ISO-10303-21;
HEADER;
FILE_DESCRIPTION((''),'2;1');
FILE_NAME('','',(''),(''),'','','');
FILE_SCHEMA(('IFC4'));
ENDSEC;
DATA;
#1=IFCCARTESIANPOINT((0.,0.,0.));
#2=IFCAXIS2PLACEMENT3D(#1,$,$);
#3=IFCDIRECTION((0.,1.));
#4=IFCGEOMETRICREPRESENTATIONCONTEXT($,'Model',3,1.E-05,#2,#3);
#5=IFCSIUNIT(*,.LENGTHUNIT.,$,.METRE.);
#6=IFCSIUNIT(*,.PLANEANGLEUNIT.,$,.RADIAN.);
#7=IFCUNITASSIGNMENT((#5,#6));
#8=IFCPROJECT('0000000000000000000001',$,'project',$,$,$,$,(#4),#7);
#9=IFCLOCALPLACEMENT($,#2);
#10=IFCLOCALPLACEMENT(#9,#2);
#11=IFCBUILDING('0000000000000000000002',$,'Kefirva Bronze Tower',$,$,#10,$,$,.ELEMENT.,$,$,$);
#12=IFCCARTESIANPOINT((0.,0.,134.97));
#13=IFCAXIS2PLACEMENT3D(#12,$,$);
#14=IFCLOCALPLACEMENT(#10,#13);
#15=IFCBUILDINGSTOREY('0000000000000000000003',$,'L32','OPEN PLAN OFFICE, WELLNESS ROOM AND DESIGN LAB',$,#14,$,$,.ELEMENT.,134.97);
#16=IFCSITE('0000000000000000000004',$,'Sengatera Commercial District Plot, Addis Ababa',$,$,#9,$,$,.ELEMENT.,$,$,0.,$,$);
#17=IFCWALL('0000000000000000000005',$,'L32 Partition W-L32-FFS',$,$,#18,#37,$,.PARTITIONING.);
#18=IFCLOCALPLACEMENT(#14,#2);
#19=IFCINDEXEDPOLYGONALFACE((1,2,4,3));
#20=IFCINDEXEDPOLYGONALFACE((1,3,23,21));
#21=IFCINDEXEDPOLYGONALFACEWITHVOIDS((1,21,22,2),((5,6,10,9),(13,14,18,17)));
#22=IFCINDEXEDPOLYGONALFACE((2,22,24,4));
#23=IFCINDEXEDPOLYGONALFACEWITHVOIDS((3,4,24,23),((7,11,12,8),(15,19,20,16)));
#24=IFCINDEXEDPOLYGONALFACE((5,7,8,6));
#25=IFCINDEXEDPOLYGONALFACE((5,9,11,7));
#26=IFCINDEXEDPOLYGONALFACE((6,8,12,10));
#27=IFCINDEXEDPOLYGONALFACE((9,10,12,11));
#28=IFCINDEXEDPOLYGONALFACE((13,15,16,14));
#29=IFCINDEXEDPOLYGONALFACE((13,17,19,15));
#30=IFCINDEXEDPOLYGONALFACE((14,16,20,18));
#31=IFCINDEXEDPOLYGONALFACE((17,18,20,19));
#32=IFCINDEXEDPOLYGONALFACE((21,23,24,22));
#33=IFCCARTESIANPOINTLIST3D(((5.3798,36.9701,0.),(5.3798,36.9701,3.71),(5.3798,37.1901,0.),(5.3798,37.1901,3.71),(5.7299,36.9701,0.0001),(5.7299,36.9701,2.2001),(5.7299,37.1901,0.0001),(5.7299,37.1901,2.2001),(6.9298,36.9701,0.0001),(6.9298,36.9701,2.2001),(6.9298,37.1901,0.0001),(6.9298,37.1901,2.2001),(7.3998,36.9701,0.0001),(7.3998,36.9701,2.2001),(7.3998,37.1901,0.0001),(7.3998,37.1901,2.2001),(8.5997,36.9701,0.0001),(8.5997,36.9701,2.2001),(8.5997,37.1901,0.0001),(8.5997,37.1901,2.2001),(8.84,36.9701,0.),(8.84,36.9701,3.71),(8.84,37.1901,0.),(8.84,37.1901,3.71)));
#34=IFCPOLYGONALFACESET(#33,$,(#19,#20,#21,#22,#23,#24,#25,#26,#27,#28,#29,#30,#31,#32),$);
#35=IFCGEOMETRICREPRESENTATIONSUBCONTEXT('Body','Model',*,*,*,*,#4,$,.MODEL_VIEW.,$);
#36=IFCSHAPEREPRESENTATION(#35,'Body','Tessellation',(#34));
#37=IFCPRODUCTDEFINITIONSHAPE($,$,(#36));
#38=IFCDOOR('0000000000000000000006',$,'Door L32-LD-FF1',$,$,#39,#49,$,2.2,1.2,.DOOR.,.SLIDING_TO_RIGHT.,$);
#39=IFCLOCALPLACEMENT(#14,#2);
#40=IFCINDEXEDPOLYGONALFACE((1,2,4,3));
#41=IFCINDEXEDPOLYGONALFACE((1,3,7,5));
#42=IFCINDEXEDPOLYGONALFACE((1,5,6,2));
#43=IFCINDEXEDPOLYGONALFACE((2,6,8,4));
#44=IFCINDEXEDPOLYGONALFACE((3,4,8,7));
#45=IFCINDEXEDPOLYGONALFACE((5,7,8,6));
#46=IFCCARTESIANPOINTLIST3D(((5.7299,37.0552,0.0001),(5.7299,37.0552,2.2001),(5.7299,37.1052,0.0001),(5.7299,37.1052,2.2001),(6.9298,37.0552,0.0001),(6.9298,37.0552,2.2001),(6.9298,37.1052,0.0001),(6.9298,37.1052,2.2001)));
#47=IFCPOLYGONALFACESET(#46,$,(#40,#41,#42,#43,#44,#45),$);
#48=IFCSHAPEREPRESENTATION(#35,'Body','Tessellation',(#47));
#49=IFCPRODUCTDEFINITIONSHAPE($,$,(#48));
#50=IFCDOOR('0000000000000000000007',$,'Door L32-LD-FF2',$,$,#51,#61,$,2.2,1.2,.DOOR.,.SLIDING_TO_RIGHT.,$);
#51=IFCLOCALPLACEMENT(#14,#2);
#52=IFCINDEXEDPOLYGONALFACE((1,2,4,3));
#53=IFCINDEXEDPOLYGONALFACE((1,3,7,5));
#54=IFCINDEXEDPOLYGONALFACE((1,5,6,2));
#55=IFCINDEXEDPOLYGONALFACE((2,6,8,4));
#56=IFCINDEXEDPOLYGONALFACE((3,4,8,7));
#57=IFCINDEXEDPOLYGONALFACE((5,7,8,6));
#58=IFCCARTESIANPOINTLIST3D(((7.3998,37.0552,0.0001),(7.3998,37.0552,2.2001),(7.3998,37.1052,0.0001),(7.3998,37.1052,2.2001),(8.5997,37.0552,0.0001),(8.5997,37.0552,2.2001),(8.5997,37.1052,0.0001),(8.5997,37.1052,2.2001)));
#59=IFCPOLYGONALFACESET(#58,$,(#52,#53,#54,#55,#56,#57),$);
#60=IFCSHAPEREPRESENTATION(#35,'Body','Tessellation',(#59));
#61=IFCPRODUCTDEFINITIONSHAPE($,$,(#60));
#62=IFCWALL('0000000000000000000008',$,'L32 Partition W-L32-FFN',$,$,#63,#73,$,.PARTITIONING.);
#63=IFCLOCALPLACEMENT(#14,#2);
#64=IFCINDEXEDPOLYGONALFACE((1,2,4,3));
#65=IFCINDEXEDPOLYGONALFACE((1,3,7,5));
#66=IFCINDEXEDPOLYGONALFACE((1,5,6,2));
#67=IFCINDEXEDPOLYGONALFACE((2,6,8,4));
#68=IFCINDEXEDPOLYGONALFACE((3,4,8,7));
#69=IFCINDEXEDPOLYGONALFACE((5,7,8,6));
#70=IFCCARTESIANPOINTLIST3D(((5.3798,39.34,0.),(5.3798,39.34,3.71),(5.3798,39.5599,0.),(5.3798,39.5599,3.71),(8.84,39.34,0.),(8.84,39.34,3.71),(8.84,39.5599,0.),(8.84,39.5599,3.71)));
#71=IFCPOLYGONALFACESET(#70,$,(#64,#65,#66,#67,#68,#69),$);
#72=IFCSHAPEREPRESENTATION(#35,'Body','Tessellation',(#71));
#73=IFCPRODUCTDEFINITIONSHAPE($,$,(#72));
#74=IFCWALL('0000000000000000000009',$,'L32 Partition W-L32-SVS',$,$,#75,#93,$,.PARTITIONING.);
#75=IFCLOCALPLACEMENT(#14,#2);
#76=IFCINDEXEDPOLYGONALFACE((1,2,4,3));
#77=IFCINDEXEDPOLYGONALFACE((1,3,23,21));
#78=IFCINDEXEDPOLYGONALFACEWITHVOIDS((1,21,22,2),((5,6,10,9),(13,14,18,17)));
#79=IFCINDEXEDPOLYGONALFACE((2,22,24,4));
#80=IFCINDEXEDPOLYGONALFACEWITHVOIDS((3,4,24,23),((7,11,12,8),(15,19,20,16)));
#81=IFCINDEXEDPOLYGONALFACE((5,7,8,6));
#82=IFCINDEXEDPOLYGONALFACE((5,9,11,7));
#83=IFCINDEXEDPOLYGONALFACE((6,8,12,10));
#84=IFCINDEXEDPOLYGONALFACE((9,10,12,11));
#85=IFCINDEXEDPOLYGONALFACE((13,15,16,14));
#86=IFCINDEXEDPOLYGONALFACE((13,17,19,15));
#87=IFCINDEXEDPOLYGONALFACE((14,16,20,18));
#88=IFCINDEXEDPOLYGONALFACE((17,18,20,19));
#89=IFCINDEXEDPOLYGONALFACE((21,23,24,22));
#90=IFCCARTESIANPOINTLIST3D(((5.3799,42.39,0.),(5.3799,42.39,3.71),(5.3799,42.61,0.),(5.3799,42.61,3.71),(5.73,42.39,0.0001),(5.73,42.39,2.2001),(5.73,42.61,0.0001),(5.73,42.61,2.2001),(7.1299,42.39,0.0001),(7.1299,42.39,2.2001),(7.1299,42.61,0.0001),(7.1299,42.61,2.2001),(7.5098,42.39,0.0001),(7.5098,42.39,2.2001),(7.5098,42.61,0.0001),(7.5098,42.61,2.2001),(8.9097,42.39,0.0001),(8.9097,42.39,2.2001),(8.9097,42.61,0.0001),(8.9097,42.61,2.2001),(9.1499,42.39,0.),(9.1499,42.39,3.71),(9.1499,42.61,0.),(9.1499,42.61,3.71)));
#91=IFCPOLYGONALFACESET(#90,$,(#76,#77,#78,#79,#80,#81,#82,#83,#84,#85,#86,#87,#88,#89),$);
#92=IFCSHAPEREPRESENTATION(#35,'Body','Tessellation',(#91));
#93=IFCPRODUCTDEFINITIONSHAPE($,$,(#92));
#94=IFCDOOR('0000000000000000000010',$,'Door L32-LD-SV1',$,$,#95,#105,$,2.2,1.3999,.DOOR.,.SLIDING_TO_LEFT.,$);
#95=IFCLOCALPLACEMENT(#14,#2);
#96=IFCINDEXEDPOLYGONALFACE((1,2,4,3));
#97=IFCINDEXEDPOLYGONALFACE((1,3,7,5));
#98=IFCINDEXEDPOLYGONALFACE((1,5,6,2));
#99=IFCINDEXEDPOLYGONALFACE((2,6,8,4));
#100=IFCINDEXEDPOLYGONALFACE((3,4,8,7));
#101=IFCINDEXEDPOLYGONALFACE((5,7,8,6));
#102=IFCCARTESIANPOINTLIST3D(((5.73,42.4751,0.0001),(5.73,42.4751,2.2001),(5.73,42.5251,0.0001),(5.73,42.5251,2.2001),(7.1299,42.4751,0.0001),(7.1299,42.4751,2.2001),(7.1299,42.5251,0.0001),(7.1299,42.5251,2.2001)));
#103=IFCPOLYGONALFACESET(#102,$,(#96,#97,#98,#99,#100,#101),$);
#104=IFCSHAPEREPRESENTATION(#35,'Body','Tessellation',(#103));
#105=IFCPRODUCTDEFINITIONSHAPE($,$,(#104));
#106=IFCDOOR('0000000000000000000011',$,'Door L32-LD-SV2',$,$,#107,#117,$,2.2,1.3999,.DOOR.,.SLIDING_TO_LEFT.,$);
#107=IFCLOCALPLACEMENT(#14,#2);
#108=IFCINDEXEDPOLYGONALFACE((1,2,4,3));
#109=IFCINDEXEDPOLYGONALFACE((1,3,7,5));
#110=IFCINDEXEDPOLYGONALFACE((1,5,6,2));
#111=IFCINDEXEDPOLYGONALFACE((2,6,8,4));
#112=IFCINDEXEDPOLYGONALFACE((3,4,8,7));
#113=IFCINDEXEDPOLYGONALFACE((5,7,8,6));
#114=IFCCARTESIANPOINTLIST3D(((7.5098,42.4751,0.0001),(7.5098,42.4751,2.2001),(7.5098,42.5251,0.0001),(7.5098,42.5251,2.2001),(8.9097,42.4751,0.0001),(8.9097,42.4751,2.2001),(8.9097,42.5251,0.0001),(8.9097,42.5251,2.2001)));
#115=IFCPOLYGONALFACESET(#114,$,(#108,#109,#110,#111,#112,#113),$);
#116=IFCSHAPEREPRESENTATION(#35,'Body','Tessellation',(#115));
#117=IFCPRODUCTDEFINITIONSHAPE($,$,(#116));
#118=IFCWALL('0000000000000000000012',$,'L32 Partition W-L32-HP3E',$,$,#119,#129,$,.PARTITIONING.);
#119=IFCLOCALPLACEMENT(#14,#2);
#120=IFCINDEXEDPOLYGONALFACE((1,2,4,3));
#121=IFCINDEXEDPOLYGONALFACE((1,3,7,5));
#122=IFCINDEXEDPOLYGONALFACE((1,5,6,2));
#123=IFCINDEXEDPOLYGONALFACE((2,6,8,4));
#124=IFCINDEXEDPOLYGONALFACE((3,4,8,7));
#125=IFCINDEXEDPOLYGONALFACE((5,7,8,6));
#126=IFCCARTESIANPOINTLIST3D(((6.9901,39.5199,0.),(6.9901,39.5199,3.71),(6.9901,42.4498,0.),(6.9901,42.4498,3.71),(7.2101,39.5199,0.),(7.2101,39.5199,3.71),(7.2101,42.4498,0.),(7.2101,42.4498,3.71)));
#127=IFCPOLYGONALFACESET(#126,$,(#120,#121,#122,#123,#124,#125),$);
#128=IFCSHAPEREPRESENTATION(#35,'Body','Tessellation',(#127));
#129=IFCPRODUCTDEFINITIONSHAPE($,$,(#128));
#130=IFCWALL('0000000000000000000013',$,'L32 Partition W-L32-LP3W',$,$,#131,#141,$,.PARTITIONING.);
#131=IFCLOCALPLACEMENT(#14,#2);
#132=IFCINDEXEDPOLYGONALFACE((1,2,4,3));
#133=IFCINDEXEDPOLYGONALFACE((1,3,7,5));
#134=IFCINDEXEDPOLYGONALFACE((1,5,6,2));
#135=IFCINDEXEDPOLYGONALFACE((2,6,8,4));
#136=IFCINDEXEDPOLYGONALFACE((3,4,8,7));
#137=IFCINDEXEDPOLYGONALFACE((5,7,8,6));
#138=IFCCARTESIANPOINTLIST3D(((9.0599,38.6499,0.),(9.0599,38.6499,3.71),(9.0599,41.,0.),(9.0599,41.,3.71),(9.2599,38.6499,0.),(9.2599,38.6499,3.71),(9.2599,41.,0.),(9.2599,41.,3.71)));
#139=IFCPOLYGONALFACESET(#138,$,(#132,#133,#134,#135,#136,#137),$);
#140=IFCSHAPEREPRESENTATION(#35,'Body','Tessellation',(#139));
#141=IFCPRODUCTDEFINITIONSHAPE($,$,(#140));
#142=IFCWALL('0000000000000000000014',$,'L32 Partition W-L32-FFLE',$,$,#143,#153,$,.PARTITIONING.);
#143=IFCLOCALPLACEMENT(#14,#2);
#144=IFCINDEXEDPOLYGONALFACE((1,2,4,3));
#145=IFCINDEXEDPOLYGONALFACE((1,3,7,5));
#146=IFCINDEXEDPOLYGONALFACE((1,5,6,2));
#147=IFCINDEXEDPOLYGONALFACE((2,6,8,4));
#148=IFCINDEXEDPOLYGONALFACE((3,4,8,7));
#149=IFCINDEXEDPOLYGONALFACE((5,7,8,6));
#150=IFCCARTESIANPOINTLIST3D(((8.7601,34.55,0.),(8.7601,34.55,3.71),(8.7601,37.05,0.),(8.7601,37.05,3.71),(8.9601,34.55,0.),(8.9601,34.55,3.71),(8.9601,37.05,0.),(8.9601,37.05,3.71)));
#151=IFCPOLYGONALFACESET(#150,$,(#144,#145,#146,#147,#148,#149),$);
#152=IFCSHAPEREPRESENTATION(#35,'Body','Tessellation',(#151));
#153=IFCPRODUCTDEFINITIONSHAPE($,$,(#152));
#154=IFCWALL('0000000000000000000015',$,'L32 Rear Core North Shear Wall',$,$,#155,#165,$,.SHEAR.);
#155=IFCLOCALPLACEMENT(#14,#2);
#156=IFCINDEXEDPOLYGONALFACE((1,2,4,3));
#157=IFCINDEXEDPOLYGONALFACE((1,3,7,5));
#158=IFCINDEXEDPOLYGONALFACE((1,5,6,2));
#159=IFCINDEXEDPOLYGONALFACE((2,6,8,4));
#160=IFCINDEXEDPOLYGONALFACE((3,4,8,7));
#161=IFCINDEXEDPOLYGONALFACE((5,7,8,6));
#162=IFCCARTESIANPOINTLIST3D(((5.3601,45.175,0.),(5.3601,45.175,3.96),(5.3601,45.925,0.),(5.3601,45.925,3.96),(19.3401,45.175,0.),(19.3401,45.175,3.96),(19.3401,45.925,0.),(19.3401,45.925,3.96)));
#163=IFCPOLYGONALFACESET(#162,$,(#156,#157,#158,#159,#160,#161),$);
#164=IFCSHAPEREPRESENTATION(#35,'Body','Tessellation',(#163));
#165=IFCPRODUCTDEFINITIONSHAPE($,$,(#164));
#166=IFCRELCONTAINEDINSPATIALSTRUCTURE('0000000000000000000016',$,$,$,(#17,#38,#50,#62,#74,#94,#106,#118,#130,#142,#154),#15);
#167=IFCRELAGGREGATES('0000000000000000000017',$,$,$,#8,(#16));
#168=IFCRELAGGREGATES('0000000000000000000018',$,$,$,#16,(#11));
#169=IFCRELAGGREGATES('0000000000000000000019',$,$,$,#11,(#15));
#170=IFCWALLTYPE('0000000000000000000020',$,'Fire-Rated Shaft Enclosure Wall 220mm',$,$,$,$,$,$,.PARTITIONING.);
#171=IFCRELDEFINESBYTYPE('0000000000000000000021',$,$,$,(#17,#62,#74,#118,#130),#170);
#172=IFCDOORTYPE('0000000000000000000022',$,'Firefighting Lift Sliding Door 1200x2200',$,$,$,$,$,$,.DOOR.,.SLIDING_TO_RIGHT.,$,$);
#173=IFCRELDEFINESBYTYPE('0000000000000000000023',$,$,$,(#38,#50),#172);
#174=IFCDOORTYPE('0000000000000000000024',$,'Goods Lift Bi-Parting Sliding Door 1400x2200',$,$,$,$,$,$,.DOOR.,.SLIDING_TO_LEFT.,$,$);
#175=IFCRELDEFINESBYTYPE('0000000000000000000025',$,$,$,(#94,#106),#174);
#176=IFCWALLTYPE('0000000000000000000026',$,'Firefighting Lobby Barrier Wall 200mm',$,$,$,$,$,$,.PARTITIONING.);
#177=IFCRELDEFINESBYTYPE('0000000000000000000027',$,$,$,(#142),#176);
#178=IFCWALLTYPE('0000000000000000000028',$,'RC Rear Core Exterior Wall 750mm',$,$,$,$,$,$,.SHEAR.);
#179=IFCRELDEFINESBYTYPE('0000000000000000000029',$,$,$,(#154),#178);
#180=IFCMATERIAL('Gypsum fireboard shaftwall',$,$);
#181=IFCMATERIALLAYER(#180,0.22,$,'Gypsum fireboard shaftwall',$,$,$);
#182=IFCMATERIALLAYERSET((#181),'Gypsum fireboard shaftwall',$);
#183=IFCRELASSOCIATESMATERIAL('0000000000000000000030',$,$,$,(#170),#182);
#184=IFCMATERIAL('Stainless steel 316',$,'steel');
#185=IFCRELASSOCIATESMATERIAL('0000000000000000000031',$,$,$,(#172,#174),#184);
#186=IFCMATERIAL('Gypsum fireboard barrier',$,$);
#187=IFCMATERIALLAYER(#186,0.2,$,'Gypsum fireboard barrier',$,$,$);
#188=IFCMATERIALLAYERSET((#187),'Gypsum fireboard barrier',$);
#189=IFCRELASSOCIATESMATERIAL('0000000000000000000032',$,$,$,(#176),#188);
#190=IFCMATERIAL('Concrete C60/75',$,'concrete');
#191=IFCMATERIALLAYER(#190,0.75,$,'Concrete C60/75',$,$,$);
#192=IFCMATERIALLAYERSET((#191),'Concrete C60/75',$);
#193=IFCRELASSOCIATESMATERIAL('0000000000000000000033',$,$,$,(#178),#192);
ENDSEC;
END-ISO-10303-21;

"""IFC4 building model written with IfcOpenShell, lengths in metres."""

from ifc_helpers import new_model, si_unit, direction, frame, frame_2d, origin, place, context, subcontext, project, spatial, rectangle, extrude, material, layer, layer_set, type_object, element, fill, save


model = new_model("IFC4")

# Units and contexts
model_context = context("Model", 3, precision=1e-05, world=origin(), true_north=direction((0.0, 1.0)))
body_context = subcontext(model_context, "Body", "Model", "MODEL_VIEW")
ifc_project = project(units=[si_unit("LENGTHUNIT", "METRE"), si_unit("PLANEANGLEUNIT", "RADIAN")], contexts=[model_context])

# Site, building, storey
site_placement = place(None, origin())
site = spatial("IfcSite", under=ifc_project, at=site_placement, Name="Sengatera Commercial District Plot, Addis Ababa", CompositionType="ELEMENT", RefElevation=0.0)
building_placement = place(site_placement, origin())
building = spatial("IfcBuilding", under=site, at=building_placement, Name="Kefirva Bronze Tower", CompositionType="ELEMENT")
storey_placement = place(building_placement, frame((0.0, 0.0, 134.97)))
storey = spatial("IfcBuildingStorey", under=building, at=storey_placement, Name="L32", Description="OPEN PLAN OFFICE, WELLNESS ROOM AND DESIGN LAB", CompositionType="ELEMENT", Elevation=134.97)

# Wall, openings, doors
ifc_material_1 = material(Name="Gypsum fireboard shaftwall")
ifc_layer_1 = layer(ifc_material_1, 0.22, Name="Gypsum fireboard shaftwall")
ifc_layer_set_1 = layer_set([ifc_layer_1], Name="Gypsum fireboard shaftwall")
wall_type_1 = type_object("IfcWallType", Name="Fire-Rated Shaft Enclosure Wall 220mm", PredefinedType="PARTITIONING", material=ifc_layer_set_1)
wall_1_placement = place(storey_placement, frame((5.3799, 37.0801, 0.0), z_axis=(0.0, 0.0, 1.0), x_axis=(1.0, 0.0, 0.0)))
wall_1 = element("IfcWall", 1, at=wall_1_placement, inside=storey, type_object=wall_type_1, Name="L32 Partition W-L32-FFS", PredefinedType="PARTITIONING", context=body_context, shape_type="SweptSolid", body=[
    extrude(rectangle(XDim=3.4602, YDim=0.22, at=frame_2d((1.73, 0.0))), origin(), (0.0, 0.0, 1.0), 3.71),
])
opening_1_placement = place(wall_1_placement, frame((1.55, 0.0, 0.0), z_axis=(0.0, 0.0, 1.0), x_axis=(-1.0, 0.0, 0.0)))
opening_1 = element("IfcOpeningElement", 2, at=opening_1_placement, cuts=wall_1, PredefinedType="OPENING", context=body_context, shape_type="SweptSolid", body=[
    extrude(rectangle(XDim=1.2, YDim=2.2, at=frame_2d((0.6001, 1.1001))), frame((0.0, 0.1201, 0.0), z_axis=(0.0, -1.0, 0.0), x_axis=(1.0, 0.0, 0.0)), (0.0, 0.0, 1.0), 0.24),
])
opening_2_placement = place(wall_1_placement, frame((3.22, 0.0, 0.0), z_axis=(0.0, 0.0, 1.0), x_axis=(-1.0, 0.0, 0.0)))
opening_2 = element("IfcOpeningElement", 3, at=opening_2_placement, cuts=wall_1, PredefinedType="OPENING", context=body_context, shape_type="SweptSolid", body=[
    extrude(rectangle(XDim=1.2, YDim=2.2, at=frame_2d((0.6001, 1.1001))), frame((0.0, 0.1201, 0.0), z_axis=(0.0, -1.0, 0.0), x_axis=(1.0, 0.0, 0.0)), (0.0, 0.0, 1.0), 0.24),
])
ifc_material_2 = material(Name="Stainless steel 316", Category="steel")
door_type_1 = type_object("IfcDoorType", Name="Firefighting Lift Sliding Door 1200x2200", OperationType="SLIDING_TO_RIGHT", PredefinedType="DOOR", material=ifc_material_2)
door_1_placement = place(opening_1_placement, origin())
door_1 = element("IfcDoor", 4, at=door_1_placement, inside=storey, type_object=door_type_1, Name="Door L32-LD-FF1", OperationType="SLIDING_TO_RIGHT", OverallHeight=2.2, OverallWidth=1.2, PredefinedType="DOOR", context=body_context, shape_type="SweptSolid", body=[
    extrude(rectangle(XDim=1.2, YDim=2.2, at=frame_2d((0.6001, 1.1001))), frame((0.0, 0.0249, 0.0), z_axis=(0.0, -1.0, 0.0), x_axis=(1.0, 0.0, 0.0)), (0.0, 0.0, 1.0), 0.05),
])
fill(opening_1, door_1)
door_2_placement = place(opening_2_placement, origin())
door_2 = element("IfcDoor", 5, at=door_2_placement, inside=storey, type_object=door_type_1, Name="Door L32-LD-FF2", OperationType="SLIDING_TO_RIGHT", OverallHeight=2.2, OverallWidth=1.2, PredefinedType="DOOR", context=body_context, shape_type="SweptSolid", body=[
    extrude(rectangle(XDim=1.2, YDim=2.2, at=frame_2d((0.6001, 1.1001))), frame((0.0, 0.0249, 0.0), z_axis=(0.0, -1.0, 0.0), x_axis=(1.0, 0.0, 0.0)), (0.0, 0.0, 1.0), 0.05),
])
fill(opening_2, door_2)

# Wall
wall_2_placement = place(storey_placement, frame((5.3799, 39.45, 0.0), z_axis=(0.0, 0.0, 1.0), x_axis=(1.0, 0.0, 0.0)))
element("IfcWall", 6, at=wall_2_placement, inside=storey, type_object=wall_type_1, Name="L32 Partition W-L32-FFN", PredefinedType="PARTITIONING", context=body_context, shape_type="SweptSolid", body=[
    extrude(rectangle(XDim=3.4602, YDim=0.22, at=frame_2d((1.73, 0.0))), origin(), (0.0, 0.0, 1.0), 3.71),
])

# Wall, openings, doors
wall_3_placement = place(storey_placement, frame((5.3799, 42.5, 0.0), z_axis=(0.0, 0.0, 1.0), x_axis=(1.0, 0.0, 0.0)))
wall_3 = element("IfcWall", 7, at=wall_3_placement, inside=storey, type_object=wall_type_1, Name="L32 Partition W-L32-SVS", PredefinedType="PARTITIONING", context=body_context, shape_type="SweptSolid", body=[
    extrude(rectangle(XDim=3.77, YDim=0.22, at=frame_2d((1.885, 0.0))), origin(), (0.0, 0.0, 1.0), 3.71),
])
opening_3_placement = place(wall_3_placement, frame((1.75, 0.0, 0.0), z_axis=(0.0, 0.0, 1.0), x_axis=(-1.0, 0.0, 0.0)))
opening_3 = element("IfcOpeningElement", 8, at=opening_3_placement, cuts=wall_3, PredefinedType="OPENING", context=body_context, shape_type="SweptSolid", body=[
    extrude(rectangle(XDim=1.3999, YDim=2.2, at=frame_2d((0.7, 1.1001))), frame((0.0, 0.1201, 0.0), z_axis=(0.0, -1.0, 0.0), x_axis=(1.0, 0.0, 0.0)), (0.0, 0.0, 1.0), 0.24),
])
opening_4_placement = place(wall_3_placement, frame((3.5298, 0.0, 0.0), z_axis=(0.0, 0.0, 1.0), x_axis=(-1.0, 0.0, 0.0)))
opening_4 = element("IfcOpeningElement", 9, at=opening_4_placement, cuts=wall_3, PredefinedType="OPENING", context=body_context, shape_type="SweptSolid", body=[
    extrude(rectangle(XDim=1.3999, YDim=2.2, at=frame_2d((0.7, 1.1001))), frame((0.0, 0.1201, 0.0), z_axis=(0.0, -1.0, 0.0), x_axis=(1.0, 0.0, 0.0)), (0.0, 0.0, 1.0), 0.24),
])
door_type_2 = type_object("IfcDoorType", Name="Goods Lift Bi-Parting Sliding Door 1400x2200", OperationType="SLIDING_TO_LEFT", PredefinedType="DOOR", material=ifc_material_2)
door_3_placement = place(opening_3_placement, origin())
door_3 = element("IfcDoor", 10, at=door_3_placement, inside=storey, type_object=door_type_2, Name="Door L32-LD-SV1", OperationType="SLIDING_TO_LEFT", OverallHeight=2.2, OverallWidth=1.3999, PredefinedType="DOOR", context=body_context, shape_type="SweptSolid", body=[
    extrude(rectangle(XDim=1.3999, YDim=2.2, at=frame_2d((0.7, 1.1001))), frame((0.0, 0.0249, 0.0), z_axis=(0.0, -1.0, 0.0), x_axis=(1.0, 0.0, 0.0)), (0.0, 0.0, 1.0), 0.05),
])
fill(opening_3, door_3)
door_4_placement = place(opening_4_placement, origin())
door_4 = element("IfcDoor", 11, at=door_4_placement, inside=storey, type_object=door_type_2, Name="Door L32-LD-SV2", OperationType="SLIDING_TO_LEFT", OverallHeight=2.2, OverallWidth=1.3999, PredefinedType="DOOR", context=body_context, shape_type="SweptSolid", body=[
    extrude(rectangle(XDim=1.3999, YDim=2.2, at=frame_2d((0.7, 1.1001))), frame((0.0, 0.0249, 0.0), z_axis=(0.0, -1.0, 0.0), x_axis=(1.0, 0.0, 0.0)), (0.0, 0.0, 1.0), 0.05),
])
fill(opening_4, door_4)

# Walls
wall_4_placement = place(storey_placement, frame((7.1001, 39.52, 0.0), z_axis=(0.0, 0.0, 1.0), x_axis=(0.0, 1.0, 0.0)))
element("IfcWall", 12, at=wall_4_placement, inside=storey, type_object=wall_type_1, Name="L32 Partition W-L32-HP3E", PredefinedType="PARTITIONING", context=body_context, shape_type="SweptSolid", body=[
    extrude(rectangle(XDim=2.9299, YDim=0.22, at=frame_2d((1.4648, 0.0))), origin(), (0.0, 0.0, 1.0), 3.71),
])
wall_5_placement = place(storey_placement, frame((9.1599, 38.6499, 0.0), z_axis=(0.0, 0.0, 1.0), x_axis=(0.0, 1.0, 0.0)))
element("IfcWall", 13, at=wall_5_placement, inside=storey, type_object=wall_type_1, Name="L32 Partition W-L32-LP3W", PredefinedType="PARTITIONING", context=body_context, shape_type="SweptSolid", body=[
    extrude(rectangle(XDim=2.3501, YDim=0.2, at=frame_2d((1.175, 0.0))), origin(), (0.0, 0.0, 1.0), 3.71),
])
ifc_material_3 = material(Name="Gypsum fireboard barrier")
ifc_layer_2 = layer(ifc_material_3, 0.2, Name="Gypsum fireboard barrier")
ifc_layer_set_2 = layer_set([ifc_layer_2], Name="Gypsum fireboard barrier")
wall_type_2 = type_object("IfcWallType", Name="Firefighting Lobby Barrier Wall 200mm", PredefinedType="PARTITIONING", material=ifc_layer_set_2)
wall_6_placement = place(storey_placement, frame((8.8601, 34.55, 0.0), z_axis=(0.0, 0.0, 1.0), x_axis=(0.0, 1.0, 0.0)))
element("IfcWall", 14, at=wall_6_placement, inside=storey, type_object=wall_type_2, Name="L32 Partition W-L32-FFLE", PredefinedType="PARTITIONING", context=body_context, shape_type="SweptSolid", body=[
    extrude(rectangle(XDim=2.5, YDim=0.2, at=frame_2d((1.25, 0.0))), origin(), (0.0, 0.0, 1.0), 3.71),
])

# Wall
ifc_material_4 = material(Name="Concrete C60/75", Category="concrete")
ifc_layer_3 = layer(ifc_material_4, 0.75, Name="Concrete C60/75")
ifc_layer_set_3 = layer_set([ifc_layer_3], Name="Concrete C60/75")
wall_type_3 = type_object("IfcWallType", Name="RC Rear Core Exterior Wall 750mm", PredefinedType="SHEAR", material=ifc_layer_set_3)
wall_7_placement = place(storey_placement, frame((5.3601, 45.55, 0.0), z_axis=(0.0, 0.0, 1.0), x_axis=(1.0, 0.0, 0.0)))
element("IfcWall", 15, at=wall_7_placement, inside=storey, type_object=wall_type_3, Name="L32 Rear Core North Shear Wall", PredefinedType="SHEAR", context=body_context, shape_type="SweptSolid", body=[
    extrude(rectangle(XDim=13.98, YDim=0.75, at=frame_2d((6.99, 0.0))), origin(), (0.0, 0.0, 1.0), 3.96),
])

save(model, "model.ifc")
